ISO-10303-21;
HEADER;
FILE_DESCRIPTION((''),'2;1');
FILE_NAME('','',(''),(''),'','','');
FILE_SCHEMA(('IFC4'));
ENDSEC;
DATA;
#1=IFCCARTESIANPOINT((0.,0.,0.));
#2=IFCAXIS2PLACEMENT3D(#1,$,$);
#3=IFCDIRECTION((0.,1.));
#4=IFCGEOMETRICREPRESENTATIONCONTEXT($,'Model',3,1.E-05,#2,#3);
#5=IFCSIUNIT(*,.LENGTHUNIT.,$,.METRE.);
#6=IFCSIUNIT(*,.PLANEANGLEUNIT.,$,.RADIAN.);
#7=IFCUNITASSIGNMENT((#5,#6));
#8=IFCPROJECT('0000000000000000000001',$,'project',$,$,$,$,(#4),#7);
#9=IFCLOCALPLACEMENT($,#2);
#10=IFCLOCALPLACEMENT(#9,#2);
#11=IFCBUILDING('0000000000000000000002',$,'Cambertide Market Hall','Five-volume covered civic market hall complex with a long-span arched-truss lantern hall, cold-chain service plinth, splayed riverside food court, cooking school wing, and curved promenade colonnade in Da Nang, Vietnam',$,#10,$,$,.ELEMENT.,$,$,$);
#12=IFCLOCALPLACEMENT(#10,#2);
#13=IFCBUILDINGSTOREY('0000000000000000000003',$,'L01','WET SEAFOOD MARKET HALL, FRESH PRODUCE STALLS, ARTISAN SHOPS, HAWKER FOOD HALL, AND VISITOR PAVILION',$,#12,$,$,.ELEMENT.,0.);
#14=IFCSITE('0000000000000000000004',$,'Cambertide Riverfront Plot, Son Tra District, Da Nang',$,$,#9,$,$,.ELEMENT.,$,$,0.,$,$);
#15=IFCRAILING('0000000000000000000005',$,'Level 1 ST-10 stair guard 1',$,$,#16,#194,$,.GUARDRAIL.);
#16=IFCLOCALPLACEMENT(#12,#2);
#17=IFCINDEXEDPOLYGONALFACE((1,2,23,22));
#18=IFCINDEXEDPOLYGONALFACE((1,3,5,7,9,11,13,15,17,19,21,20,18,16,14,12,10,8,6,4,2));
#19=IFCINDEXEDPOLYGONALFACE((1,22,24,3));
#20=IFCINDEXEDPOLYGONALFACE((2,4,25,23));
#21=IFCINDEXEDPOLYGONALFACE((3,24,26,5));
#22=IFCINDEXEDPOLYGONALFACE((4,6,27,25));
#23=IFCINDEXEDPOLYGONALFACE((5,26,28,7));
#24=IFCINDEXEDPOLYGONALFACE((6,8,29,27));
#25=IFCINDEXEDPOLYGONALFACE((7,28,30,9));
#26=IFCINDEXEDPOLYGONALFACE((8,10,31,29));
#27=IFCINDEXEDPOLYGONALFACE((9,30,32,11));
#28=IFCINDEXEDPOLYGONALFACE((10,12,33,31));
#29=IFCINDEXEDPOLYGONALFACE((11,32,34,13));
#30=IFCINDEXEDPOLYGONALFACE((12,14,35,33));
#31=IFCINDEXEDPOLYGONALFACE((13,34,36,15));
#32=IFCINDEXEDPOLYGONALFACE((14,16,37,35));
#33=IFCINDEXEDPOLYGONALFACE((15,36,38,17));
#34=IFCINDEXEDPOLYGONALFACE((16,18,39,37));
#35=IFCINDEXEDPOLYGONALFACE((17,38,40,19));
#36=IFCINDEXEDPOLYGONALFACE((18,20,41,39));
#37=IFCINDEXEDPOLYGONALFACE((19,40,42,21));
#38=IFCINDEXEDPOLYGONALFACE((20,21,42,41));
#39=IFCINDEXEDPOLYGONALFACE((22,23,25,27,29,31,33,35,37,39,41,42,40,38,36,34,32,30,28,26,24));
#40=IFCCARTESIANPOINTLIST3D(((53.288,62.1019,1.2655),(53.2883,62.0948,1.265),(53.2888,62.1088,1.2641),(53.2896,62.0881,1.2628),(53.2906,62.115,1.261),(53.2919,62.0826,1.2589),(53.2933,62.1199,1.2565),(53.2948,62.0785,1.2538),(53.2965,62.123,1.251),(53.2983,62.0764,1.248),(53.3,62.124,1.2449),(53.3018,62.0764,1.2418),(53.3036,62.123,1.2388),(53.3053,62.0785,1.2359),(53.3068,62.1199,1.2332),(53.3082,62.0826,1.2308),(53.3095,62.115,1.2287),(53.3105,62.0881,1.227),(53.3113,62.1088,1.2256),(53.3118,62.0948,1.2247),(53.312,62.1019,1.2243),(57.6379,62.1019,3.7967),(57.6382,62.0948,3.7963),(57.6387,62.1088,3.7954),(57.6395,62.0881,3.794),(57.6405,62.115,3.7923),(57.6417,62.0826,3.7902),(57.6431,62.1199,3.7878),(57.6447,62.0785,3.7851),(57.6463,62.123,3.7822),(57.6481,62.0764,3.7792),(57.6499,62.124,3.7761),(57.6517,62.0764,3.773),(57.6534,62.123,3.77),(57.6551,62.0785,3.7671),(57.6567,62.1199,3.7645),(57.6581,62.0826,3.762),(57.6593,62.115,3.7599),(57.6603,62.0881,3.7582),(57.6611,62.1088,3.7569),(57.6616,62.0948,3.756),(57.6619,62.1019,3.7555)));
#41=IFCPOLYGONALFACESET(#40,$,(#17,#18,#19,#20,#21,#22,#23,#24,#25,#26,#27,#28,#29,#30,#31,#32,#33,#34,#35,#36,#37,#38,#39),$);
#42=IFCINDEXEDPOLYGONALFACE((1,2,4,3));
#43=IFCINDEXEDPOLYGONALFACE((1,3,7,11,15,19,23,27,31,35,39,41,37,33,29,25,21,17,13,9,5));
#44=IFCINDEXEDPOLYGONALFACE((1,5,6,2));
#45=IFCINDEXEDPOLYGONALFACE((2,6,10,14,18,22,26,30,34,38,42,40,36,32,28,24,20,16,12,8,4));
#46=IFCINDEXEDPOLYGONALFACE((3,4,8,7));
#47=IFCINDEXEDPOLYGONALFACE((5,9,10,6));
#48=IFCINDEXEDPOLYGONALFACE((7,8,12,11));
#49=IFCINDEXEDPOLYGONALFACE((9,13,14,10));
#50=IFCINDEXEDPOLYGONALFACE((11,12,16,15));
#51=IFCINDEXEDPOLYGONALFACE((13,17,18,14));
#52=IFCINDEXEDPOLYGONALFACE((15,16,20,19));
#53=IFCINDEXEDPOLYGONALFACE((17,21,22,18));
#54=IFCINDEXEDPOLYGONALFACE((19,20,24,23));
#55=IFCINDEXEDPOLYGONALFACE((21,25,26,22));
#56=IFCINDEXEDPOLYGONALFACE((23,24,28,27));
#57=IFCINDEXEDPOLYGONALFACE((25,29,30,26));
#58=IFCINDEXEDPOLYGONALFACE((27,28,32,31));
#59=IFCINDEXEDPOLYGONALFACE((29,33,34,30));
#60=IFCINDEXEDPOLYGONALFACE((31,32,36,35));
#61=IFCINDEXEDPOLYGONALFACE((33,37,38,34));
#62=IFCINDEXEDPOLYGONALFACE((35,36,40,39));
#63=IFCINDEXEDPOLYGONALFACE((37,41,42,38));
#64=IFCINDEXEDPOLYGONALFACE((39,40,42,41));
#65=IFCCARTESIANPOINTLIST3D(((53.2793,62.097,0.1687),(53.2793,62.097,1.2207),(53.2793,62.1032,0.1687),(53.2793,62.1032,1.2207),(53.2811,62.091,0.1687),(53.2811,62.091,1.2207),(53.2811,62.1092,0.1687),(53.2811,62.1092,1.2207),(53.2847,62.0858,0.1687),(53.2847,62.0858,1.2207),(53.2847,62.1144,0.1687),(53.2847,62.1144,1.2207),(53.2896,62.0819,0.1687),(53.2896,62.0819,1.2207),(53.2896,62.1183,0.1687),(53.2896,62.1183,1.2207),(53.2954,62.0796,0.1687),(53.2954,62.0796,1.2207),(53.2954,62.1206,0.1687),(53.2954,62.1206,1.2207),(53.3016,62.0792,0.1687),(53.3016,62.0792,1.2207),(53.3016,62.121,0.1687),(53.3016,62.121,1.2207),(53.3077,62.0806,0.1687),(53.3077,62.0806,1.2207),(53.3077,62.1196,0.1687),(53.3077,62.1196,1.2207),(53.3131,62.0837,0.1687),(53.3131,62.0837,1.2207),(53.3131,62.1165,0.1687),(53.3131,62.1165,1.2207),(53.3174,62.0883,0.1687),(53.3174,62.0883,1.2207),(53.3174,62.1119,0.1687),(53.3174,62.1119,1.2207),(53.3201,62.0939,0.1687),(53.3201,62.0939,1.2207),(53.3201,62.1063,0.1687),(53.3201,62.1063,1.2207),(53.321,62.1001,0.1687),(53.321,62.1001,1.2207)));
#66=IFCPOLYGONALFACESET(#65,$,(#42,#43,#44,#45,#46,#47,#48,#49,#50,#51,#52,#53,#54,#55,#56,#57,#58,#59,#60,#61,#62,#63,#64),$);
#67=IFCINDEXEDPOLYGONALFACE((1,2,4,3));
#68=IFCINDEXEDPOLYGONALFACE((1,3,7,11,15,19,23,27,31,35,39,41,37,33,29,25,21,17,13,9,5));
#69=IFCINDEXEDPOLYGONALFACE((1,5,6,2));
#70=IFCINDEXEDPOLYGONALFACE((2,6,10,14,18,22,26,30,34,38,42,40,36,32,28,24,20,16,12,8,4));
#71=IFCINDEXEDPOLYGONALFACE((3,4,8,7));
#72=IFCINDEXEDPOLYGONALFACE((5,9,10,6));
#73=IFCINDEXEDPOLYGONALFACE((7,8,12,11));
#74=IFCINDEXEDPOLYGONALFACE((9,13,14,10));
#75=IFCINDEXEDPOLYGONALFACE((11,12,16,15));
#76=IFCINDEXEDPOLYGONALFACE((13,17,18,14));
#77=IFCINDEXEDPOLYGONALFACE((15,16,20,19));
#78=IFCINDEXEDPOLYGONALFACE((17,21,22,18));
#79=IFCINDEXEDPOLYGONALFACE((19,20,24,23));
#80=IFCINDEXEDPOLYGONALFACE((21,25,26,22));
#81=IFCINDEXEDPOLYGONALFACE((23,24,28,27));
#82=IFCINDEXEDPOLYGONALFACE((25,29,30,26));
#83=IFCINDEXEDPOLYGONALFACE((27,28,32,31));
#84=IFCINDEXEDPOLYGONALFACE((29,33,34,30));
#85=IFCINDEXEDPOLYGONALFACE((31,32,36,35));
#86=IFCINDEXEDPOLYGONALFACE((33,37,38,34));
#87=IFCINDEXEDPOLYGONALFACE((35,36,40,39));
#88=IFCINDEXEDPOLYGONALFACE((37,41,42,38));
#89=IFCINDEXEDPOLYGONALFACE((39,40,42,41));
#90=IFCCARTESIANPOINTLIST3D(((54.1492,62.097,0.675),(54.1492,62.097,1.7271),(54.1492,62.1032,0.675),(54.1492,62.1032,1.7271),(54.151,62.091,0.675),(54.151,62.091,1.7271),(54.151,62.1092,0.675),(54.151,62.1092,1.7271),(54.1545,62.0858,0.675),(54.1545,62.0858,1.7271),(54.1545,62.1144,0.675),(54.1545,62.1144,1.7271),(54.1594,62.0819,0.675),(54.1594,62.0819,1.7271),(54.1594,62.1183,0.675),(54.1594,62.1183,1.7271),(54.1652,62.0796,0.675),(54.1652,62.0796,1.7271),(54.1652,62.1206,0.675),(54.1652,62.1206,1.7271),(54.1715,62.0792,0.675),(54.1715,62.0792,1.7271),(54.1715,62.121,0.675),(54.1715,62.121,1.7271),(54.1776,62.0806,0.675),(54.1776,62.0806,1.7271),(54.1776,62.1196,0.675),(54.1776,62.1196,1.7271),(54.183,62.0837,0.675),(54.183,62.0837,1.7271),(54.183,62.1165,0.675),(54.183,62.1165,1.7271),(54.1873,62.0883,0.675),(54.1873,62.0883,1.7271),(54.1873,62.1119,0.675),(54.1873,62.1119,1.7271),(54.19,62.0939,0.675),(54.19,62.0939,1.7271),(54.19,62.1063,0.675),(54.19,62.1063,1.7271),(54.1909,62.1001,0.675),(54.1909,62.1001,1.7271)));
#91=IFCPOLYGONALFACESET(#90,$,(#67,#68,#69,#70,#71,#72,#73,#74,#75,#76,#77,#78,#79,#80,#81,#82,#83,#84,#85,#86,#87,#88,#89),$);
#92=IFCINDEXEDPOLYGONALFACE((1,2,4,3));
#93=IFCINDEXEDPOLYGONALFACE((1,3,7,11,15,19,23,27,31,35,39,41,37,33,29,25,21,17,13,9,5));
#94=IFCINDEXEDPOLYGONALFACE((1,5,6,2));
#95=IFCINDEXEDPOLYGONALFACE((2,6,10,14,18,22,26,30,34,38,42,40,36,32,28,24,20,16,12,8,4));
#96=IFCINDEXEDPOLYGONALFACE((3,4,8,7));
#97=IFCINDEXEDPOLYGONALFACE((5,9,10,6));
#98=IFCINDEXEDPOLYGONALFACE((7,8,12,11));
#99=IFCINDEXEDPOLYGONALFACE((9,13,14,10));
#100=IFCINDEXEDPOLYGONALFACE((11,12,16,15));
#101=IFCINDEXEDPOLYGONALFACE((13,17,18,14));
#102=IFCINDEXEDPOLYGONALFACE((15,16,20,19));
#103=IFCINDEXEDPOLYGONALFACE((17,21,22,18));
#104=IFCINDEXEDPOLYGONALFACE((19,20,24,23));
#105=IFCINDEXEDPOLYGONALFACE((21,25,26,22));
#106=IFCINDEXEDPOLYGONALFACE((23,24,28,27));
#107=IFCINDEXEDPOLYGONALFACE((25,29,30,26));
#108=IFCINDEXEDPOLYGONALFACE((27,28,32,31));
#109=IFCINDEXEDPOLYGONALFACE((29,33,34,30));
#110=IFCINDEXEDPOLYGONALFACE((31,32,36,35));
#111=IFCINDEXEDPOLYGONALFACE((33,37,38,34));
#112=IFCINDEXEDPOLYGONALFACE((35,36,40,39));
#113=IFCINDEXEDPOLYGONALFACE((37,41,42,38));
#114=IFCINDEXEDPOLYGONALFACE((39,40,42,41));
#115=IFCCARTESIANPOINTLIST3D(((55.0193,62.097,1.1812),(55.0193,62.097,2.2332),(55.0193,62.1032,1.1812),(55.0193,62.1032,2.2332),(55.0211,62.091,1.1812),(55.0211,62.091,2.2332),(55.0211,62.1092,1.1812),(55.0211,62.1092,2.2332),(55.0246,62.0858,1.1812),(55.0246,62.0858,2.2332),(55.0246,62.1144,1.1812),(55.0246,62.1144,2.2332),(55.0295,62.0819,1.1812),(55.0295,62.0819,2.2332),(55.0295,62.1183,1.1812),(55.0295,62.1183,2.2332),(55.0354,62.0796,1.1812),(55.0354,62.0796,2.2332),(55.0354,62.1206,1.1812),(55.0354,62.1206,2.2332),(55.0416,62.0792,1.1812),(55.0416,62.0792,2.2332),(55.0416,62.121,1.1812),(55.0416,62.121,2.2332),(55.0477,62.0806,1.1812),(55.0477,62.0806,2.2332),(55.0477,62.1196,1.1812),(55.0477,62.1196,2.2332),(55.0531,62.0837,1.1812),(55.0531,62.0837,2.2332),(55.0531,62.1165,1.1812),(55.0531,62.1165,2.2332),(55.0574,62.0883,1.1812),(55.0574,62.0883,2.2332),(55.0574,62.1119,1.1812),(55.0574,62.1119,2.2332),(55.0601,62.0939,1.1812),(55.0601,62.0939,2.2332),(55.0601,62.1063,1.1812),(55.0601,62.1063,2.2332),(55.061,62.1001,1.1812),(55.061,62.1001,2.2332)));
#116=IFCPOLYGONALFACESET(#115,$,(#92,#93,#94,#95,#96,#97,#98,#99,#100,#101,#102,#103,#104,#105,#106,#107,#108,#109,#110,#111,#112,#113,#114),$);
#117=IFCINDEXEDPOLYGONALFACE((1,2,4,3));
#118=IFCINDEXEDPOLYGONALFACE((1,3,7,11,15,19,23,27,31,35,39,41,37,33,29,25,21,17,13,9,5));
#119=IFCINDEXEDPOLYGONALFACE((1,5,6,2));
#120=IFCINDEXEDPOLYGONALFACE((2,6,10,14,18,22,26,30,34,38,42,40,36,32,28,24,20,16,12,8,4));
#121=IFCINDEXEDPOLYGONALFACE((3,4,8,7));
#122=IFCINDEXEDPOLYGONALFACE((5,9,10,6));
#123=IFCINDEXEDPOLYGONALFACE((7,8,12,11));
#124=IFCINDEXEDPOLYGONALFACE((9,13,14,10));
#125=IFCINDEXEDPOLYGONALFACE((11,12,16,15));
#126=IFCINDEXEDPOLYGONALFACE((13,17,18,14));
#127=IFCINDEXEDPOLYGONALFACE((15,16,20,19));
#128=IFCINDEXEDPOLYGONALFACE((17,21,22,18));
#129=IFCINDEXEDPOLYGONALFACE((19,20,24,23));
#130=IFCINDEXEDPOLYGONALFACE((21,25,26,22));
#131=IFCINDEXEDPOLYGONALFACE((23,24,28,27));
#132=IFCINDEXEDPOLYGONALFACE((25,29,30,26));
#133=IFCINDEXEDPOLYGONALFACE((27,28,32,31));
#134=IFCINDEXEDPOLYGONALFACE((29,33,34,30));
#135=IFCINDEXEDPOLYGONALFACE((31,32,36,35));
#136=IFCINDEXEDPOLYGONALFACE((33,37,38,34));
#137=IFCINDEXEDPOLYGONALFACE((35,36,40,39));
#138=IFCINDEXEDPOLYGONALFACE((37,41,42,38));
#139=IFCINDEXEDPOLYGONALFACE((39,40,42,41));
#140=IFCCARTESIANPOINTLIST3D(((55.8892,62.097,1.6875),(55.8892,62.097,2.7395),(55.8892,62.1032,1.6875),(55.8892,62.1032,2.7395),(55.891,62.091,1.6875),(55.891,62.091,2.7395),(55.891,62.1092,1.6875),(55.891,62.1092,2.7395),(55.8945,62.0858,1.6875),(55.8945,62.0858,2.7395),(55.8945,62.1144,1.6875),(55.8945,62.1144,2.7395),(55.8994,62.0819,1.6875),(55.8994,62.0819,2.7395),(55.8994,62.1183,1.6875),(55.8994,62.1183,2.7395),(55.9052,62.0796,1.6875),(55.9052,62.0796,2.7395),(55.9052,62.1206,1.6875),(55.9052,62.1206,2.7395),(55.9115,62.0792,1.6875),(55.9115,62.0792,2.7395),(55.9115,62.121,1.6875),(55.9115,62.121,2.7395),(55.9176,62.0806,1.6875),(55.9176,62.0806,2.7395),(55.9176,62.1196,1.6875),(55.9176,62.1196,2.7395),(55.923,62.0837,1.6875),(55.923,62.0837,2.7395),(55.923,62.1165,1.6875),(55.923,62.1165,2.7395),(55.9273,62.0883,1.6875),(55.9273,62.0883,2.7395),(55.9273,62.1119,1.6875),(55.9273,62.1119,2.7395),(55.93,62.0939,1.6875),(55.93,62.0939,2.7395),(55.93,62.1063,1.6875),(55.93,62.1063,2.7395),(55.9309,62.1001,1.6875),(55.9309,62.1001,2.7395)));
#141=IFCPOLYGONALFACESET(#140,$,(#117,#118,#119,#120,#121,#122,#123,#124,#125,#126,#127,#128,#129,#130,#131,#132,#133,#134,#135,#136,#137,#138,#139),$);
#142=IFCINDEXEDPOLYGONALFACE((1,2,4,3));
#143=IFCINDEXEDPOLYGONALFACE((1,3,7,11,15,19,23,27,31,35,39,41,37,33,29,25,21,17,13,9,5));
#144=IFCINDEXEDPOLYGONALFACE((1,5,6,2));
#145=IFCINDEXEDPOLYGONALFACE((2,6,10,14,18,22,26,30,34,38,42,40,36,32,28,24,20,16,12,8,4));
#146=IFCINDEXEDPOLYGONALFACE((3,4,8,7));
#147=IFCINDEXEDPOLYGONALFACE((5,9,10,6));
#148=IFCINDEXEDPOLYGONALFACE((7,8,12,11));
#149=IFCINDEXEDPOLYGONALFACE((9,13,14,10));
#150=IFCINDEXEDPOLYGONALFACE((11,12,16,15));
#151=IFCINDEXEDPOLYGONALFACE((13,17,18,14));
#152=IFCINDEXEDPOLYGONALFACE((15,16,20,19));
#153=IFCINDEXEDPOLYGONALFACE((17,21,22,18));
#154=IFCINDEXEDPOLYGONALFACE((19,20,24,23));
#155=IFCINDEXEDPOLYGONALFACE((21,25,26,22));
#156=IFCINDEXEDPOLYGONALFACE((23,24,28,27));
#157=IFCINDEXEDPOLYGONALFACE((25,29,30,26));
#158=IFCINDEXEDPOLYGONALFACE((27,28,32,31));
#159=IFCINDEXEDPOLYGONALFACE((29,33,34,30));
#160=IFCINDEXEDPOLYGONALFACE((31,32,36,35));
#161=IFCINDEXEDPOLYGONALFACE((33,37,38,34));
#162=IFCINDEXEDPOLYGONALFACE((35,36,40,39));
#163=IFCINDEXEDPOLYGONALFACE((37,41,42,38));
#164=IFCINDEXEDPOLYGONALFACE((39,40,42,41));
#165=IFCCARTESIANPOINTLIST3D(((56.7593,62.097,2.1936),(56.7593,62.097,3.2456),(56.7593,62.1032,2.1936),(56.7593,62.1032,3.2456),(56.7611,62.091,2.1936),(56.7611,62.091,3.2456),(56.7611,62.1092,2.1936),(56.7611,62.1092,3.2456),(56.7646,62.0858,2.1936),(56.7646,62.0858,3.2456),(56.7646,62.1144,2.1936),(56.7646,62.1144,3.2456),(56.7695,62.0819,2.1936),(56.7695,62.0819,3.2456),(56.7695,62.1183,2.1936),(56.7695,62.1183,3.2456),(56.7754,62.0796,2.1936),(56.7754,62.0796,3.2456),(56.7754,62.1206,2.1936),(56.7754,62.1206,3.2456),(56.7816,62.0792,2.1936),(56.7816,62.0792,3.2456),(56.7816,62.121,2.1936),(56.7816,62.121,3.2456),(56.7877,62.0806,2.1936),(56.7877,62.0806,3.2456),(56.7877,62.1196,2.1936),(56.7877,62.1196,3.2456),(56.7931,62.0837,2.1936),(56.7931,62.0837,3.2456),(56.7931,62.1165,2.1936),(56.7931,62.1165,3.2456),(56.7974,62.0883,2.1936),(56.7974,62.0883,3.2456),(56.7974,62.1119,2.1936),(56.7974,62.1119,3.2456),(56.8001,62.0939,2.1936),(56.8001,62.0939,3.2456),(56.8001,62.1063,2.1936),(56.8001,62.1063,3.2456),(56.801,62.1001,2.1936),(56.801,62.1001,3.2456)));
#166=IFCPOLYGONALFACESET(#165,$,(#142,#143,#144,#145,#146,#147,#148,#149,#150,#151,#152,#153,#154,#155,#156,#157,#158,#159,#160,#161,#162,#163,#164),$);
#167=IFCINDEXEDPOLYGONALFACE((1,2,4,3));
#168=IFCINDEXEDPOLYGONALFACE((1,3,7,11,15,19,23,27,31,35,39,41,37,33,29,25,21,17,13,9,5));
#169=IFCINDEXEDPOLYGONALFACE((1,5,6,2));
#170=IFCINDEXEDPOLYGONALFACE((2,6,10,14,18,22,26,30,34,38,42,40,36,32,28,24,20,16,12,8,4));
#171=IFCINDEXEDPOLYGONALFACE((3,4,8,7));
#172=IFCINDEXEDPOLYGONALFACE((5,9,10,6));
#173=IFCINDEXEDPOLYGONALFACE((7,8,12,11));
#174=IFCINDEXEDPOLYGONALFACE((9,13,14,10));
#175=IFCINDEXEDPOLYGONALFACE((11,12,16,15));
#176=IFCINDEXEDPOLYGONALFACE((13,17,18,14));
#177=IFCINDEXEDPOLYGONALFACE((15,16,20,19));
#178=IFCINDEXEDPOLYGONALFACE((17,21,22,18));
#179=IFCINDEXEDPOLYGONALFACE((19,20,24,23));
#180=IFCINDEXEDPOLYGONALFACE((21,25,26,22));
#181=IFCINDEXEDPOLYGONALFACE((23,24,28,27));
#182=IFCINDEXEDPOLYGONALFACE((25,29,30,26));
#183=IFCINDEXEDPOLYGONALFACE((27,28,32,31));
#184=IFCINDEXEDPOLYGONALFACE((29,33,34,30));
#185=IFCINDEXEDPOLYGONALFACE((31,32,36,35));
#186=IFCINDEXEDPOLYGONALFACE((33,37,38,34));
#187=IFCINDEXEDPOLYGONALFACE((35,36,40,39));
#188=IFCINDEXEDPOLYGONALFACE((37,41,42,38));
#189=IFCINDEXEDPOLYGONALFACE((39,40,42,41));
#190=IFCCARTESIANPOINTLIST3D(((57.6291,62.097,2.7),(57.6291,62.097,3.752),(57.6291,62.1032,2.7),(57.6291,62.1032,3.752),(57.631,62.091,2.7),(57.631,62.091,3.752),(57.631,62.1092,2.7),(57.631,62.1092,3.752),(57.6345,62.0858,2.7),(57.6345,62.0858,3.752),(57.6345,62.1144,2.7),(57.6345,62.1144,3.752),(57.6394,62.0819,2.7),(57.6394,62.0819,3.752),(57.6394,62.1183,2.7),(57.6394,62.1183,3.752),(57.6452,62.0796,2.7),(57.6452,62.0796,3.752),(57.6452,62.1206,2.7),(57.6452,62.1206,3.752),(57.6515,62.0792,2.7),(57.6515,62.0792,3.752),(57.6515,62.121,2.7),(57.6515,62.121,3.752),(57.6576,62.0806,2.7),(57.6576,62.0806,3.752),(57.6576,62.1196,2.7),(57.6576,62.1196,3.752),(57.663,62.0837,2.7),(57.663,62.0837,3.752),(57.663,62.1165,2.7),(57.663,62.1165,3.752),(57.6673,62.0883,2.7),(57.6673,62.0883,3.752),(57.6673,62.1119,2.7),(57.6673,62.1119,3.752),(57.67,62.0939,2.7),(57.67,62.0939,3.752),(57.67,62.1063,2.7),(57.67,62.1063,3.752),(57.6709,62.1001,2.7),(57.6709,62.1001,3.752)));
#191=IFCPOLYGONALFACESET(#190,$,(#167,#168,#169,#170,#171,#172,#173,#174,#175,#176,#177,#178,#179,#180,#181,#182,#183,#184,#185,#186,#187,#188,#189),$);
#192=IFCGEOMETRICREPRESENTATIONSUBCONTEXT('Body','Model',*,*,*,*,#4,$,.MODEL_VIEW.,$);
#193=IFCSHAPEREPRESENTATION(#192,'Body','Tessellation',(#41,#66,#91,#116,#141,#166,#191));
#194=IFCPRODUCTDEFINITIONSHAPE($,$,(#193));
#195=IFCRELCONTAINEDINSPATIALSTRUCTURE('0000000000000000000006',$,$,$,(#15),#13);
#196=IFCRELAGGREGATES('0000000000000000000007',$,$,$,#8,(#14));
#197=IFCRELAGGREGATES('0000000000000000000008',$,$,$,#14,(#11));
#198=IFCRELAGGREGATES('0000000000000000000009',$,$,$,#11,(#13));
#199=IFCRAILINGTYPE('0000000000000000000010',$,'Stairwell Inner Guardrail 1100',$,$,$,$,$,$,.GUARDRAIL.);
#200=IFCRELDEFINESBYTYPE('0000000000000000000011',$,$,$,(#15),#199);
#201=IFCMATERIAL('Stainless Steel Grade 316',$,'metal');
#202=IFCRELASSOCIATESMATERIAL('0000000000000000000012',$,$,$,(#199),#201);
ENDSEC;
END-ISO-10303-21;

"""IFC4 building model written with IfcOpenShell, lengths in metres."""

from ifc_helpers import new_model, si_unit, direction, frame, origin, origin_2d, place, context, subcontext, project, spatial, circle, extrude, material, type_object, element, save


model = new_model("IFC4")

# Units and contexts
model_context = context("Model", 3, precision=1e-05, world=origin(), true_north=direction((0.0, 1.0)))
body_context = subcontext(model_context, "Body", "Model", "MODEL_VIEW")
ifc_project = project(units=[si_unit("LENGTHUNIT", "METRE"), si_unit("PLANEANGLEUNIT", "RADIAN")], contexts=[model_context])

# Site, building, storey
site_placement = place(None, origin())
site = spatial("IfcSite", under=ifc_project, at=site_placement, Name="Cambertide Riverfront Plot, Son Tra District, Da Nang", CompositionType="ELEMENT", RefElevation=0.0)
building_placement = place(site_placement, origin())
building = spatial("IfcBuilding", under=site, at=building_placement, Name="Cambertide Market Hall", Description="Five-volume covered civic market hall complex with a long-span arched-truss lantern hall, cold-chain service plinth, splayed riverside food court, cooking school wing, and curved promenade colonnade in Da Nang, Vietnam", CompositionType="ELEMENT")
storey_placement = place(building_placement, origin())
storey = spatial("IfcBuildingStorey", under=building, at=storey_placement, Name="L01", Description="WET SEAFOOD MARKET HALL, FRESH PRODUCE STALLS, ARTISAN SHOPS, HAWKER FOOD HALL, AND VISITOR PAVILION", CompositionType="ELEMENT", Elevation=0.0)

# Railing
ifc_material_1 = material(Name="Stainless Steel Grade 316", Category="metal")
railing_type_1 = type_object("IfcRailingType", Name="Stairwell Inner Guardrail 1100", PredefinedType="GUARDRAIL", material=ifc_material_1)
railing_1_placement = place(storey_placement, frame((53.3, 62.1001, 0.1687)))
element("IfcRailing", 1, at=railing_1_placement, inside=storey, type_object=railing_type_1, Name="Level 1 ST-10 stair guard 1", PredefinedType="GUARDRAIL", context=body_context, shape_type="SweptSolid", body=[
    extrude(circle(Radius=0.0239, at=origin_2d()), frame((0.0, 0.0, 1.0762), z_axis=(0.864312, 0.0, 0.502957), x_axis=(0.0, 1.0, 0.0)), (0.0, 0.0, 1.0), 5.0327),
    extrude(circle(Radius=0.021, at=origin_2d()), origin(), (0.0, 0.0, 1.0), 1.052),
    extrude(circle(Radius=0.021, at=origin_2d()), frame((0.8699, 0.0, 0.5063)), (0.0, 0.0, 1.0), 1.052),
    extrude(circle(Radius=0.021, at=origin_2d()), frame((1.74, 0.0, 1.0125)), (0.0, 0.0, 1.0), 1.052),
    extrude(circle(Radius=0.021, at=origin_2d()), frame((2.6099, 0.0, 1.5188)), (0.0, 0.0, 1.0), 1.052),
    extrude(circle(Radius=0.021, at=origin_2d()), frame((3.48, 0.0, 2.0249)), (0.0, 0.0, 1.0), 1.052),
    extrude(circle(Radius=0.021, at=origin_2d()), frame((4.3499, 0.0, 2.5312)), (0.0, 0.0, 1.0), 1.052),
])

save(model, "model.ifc")
